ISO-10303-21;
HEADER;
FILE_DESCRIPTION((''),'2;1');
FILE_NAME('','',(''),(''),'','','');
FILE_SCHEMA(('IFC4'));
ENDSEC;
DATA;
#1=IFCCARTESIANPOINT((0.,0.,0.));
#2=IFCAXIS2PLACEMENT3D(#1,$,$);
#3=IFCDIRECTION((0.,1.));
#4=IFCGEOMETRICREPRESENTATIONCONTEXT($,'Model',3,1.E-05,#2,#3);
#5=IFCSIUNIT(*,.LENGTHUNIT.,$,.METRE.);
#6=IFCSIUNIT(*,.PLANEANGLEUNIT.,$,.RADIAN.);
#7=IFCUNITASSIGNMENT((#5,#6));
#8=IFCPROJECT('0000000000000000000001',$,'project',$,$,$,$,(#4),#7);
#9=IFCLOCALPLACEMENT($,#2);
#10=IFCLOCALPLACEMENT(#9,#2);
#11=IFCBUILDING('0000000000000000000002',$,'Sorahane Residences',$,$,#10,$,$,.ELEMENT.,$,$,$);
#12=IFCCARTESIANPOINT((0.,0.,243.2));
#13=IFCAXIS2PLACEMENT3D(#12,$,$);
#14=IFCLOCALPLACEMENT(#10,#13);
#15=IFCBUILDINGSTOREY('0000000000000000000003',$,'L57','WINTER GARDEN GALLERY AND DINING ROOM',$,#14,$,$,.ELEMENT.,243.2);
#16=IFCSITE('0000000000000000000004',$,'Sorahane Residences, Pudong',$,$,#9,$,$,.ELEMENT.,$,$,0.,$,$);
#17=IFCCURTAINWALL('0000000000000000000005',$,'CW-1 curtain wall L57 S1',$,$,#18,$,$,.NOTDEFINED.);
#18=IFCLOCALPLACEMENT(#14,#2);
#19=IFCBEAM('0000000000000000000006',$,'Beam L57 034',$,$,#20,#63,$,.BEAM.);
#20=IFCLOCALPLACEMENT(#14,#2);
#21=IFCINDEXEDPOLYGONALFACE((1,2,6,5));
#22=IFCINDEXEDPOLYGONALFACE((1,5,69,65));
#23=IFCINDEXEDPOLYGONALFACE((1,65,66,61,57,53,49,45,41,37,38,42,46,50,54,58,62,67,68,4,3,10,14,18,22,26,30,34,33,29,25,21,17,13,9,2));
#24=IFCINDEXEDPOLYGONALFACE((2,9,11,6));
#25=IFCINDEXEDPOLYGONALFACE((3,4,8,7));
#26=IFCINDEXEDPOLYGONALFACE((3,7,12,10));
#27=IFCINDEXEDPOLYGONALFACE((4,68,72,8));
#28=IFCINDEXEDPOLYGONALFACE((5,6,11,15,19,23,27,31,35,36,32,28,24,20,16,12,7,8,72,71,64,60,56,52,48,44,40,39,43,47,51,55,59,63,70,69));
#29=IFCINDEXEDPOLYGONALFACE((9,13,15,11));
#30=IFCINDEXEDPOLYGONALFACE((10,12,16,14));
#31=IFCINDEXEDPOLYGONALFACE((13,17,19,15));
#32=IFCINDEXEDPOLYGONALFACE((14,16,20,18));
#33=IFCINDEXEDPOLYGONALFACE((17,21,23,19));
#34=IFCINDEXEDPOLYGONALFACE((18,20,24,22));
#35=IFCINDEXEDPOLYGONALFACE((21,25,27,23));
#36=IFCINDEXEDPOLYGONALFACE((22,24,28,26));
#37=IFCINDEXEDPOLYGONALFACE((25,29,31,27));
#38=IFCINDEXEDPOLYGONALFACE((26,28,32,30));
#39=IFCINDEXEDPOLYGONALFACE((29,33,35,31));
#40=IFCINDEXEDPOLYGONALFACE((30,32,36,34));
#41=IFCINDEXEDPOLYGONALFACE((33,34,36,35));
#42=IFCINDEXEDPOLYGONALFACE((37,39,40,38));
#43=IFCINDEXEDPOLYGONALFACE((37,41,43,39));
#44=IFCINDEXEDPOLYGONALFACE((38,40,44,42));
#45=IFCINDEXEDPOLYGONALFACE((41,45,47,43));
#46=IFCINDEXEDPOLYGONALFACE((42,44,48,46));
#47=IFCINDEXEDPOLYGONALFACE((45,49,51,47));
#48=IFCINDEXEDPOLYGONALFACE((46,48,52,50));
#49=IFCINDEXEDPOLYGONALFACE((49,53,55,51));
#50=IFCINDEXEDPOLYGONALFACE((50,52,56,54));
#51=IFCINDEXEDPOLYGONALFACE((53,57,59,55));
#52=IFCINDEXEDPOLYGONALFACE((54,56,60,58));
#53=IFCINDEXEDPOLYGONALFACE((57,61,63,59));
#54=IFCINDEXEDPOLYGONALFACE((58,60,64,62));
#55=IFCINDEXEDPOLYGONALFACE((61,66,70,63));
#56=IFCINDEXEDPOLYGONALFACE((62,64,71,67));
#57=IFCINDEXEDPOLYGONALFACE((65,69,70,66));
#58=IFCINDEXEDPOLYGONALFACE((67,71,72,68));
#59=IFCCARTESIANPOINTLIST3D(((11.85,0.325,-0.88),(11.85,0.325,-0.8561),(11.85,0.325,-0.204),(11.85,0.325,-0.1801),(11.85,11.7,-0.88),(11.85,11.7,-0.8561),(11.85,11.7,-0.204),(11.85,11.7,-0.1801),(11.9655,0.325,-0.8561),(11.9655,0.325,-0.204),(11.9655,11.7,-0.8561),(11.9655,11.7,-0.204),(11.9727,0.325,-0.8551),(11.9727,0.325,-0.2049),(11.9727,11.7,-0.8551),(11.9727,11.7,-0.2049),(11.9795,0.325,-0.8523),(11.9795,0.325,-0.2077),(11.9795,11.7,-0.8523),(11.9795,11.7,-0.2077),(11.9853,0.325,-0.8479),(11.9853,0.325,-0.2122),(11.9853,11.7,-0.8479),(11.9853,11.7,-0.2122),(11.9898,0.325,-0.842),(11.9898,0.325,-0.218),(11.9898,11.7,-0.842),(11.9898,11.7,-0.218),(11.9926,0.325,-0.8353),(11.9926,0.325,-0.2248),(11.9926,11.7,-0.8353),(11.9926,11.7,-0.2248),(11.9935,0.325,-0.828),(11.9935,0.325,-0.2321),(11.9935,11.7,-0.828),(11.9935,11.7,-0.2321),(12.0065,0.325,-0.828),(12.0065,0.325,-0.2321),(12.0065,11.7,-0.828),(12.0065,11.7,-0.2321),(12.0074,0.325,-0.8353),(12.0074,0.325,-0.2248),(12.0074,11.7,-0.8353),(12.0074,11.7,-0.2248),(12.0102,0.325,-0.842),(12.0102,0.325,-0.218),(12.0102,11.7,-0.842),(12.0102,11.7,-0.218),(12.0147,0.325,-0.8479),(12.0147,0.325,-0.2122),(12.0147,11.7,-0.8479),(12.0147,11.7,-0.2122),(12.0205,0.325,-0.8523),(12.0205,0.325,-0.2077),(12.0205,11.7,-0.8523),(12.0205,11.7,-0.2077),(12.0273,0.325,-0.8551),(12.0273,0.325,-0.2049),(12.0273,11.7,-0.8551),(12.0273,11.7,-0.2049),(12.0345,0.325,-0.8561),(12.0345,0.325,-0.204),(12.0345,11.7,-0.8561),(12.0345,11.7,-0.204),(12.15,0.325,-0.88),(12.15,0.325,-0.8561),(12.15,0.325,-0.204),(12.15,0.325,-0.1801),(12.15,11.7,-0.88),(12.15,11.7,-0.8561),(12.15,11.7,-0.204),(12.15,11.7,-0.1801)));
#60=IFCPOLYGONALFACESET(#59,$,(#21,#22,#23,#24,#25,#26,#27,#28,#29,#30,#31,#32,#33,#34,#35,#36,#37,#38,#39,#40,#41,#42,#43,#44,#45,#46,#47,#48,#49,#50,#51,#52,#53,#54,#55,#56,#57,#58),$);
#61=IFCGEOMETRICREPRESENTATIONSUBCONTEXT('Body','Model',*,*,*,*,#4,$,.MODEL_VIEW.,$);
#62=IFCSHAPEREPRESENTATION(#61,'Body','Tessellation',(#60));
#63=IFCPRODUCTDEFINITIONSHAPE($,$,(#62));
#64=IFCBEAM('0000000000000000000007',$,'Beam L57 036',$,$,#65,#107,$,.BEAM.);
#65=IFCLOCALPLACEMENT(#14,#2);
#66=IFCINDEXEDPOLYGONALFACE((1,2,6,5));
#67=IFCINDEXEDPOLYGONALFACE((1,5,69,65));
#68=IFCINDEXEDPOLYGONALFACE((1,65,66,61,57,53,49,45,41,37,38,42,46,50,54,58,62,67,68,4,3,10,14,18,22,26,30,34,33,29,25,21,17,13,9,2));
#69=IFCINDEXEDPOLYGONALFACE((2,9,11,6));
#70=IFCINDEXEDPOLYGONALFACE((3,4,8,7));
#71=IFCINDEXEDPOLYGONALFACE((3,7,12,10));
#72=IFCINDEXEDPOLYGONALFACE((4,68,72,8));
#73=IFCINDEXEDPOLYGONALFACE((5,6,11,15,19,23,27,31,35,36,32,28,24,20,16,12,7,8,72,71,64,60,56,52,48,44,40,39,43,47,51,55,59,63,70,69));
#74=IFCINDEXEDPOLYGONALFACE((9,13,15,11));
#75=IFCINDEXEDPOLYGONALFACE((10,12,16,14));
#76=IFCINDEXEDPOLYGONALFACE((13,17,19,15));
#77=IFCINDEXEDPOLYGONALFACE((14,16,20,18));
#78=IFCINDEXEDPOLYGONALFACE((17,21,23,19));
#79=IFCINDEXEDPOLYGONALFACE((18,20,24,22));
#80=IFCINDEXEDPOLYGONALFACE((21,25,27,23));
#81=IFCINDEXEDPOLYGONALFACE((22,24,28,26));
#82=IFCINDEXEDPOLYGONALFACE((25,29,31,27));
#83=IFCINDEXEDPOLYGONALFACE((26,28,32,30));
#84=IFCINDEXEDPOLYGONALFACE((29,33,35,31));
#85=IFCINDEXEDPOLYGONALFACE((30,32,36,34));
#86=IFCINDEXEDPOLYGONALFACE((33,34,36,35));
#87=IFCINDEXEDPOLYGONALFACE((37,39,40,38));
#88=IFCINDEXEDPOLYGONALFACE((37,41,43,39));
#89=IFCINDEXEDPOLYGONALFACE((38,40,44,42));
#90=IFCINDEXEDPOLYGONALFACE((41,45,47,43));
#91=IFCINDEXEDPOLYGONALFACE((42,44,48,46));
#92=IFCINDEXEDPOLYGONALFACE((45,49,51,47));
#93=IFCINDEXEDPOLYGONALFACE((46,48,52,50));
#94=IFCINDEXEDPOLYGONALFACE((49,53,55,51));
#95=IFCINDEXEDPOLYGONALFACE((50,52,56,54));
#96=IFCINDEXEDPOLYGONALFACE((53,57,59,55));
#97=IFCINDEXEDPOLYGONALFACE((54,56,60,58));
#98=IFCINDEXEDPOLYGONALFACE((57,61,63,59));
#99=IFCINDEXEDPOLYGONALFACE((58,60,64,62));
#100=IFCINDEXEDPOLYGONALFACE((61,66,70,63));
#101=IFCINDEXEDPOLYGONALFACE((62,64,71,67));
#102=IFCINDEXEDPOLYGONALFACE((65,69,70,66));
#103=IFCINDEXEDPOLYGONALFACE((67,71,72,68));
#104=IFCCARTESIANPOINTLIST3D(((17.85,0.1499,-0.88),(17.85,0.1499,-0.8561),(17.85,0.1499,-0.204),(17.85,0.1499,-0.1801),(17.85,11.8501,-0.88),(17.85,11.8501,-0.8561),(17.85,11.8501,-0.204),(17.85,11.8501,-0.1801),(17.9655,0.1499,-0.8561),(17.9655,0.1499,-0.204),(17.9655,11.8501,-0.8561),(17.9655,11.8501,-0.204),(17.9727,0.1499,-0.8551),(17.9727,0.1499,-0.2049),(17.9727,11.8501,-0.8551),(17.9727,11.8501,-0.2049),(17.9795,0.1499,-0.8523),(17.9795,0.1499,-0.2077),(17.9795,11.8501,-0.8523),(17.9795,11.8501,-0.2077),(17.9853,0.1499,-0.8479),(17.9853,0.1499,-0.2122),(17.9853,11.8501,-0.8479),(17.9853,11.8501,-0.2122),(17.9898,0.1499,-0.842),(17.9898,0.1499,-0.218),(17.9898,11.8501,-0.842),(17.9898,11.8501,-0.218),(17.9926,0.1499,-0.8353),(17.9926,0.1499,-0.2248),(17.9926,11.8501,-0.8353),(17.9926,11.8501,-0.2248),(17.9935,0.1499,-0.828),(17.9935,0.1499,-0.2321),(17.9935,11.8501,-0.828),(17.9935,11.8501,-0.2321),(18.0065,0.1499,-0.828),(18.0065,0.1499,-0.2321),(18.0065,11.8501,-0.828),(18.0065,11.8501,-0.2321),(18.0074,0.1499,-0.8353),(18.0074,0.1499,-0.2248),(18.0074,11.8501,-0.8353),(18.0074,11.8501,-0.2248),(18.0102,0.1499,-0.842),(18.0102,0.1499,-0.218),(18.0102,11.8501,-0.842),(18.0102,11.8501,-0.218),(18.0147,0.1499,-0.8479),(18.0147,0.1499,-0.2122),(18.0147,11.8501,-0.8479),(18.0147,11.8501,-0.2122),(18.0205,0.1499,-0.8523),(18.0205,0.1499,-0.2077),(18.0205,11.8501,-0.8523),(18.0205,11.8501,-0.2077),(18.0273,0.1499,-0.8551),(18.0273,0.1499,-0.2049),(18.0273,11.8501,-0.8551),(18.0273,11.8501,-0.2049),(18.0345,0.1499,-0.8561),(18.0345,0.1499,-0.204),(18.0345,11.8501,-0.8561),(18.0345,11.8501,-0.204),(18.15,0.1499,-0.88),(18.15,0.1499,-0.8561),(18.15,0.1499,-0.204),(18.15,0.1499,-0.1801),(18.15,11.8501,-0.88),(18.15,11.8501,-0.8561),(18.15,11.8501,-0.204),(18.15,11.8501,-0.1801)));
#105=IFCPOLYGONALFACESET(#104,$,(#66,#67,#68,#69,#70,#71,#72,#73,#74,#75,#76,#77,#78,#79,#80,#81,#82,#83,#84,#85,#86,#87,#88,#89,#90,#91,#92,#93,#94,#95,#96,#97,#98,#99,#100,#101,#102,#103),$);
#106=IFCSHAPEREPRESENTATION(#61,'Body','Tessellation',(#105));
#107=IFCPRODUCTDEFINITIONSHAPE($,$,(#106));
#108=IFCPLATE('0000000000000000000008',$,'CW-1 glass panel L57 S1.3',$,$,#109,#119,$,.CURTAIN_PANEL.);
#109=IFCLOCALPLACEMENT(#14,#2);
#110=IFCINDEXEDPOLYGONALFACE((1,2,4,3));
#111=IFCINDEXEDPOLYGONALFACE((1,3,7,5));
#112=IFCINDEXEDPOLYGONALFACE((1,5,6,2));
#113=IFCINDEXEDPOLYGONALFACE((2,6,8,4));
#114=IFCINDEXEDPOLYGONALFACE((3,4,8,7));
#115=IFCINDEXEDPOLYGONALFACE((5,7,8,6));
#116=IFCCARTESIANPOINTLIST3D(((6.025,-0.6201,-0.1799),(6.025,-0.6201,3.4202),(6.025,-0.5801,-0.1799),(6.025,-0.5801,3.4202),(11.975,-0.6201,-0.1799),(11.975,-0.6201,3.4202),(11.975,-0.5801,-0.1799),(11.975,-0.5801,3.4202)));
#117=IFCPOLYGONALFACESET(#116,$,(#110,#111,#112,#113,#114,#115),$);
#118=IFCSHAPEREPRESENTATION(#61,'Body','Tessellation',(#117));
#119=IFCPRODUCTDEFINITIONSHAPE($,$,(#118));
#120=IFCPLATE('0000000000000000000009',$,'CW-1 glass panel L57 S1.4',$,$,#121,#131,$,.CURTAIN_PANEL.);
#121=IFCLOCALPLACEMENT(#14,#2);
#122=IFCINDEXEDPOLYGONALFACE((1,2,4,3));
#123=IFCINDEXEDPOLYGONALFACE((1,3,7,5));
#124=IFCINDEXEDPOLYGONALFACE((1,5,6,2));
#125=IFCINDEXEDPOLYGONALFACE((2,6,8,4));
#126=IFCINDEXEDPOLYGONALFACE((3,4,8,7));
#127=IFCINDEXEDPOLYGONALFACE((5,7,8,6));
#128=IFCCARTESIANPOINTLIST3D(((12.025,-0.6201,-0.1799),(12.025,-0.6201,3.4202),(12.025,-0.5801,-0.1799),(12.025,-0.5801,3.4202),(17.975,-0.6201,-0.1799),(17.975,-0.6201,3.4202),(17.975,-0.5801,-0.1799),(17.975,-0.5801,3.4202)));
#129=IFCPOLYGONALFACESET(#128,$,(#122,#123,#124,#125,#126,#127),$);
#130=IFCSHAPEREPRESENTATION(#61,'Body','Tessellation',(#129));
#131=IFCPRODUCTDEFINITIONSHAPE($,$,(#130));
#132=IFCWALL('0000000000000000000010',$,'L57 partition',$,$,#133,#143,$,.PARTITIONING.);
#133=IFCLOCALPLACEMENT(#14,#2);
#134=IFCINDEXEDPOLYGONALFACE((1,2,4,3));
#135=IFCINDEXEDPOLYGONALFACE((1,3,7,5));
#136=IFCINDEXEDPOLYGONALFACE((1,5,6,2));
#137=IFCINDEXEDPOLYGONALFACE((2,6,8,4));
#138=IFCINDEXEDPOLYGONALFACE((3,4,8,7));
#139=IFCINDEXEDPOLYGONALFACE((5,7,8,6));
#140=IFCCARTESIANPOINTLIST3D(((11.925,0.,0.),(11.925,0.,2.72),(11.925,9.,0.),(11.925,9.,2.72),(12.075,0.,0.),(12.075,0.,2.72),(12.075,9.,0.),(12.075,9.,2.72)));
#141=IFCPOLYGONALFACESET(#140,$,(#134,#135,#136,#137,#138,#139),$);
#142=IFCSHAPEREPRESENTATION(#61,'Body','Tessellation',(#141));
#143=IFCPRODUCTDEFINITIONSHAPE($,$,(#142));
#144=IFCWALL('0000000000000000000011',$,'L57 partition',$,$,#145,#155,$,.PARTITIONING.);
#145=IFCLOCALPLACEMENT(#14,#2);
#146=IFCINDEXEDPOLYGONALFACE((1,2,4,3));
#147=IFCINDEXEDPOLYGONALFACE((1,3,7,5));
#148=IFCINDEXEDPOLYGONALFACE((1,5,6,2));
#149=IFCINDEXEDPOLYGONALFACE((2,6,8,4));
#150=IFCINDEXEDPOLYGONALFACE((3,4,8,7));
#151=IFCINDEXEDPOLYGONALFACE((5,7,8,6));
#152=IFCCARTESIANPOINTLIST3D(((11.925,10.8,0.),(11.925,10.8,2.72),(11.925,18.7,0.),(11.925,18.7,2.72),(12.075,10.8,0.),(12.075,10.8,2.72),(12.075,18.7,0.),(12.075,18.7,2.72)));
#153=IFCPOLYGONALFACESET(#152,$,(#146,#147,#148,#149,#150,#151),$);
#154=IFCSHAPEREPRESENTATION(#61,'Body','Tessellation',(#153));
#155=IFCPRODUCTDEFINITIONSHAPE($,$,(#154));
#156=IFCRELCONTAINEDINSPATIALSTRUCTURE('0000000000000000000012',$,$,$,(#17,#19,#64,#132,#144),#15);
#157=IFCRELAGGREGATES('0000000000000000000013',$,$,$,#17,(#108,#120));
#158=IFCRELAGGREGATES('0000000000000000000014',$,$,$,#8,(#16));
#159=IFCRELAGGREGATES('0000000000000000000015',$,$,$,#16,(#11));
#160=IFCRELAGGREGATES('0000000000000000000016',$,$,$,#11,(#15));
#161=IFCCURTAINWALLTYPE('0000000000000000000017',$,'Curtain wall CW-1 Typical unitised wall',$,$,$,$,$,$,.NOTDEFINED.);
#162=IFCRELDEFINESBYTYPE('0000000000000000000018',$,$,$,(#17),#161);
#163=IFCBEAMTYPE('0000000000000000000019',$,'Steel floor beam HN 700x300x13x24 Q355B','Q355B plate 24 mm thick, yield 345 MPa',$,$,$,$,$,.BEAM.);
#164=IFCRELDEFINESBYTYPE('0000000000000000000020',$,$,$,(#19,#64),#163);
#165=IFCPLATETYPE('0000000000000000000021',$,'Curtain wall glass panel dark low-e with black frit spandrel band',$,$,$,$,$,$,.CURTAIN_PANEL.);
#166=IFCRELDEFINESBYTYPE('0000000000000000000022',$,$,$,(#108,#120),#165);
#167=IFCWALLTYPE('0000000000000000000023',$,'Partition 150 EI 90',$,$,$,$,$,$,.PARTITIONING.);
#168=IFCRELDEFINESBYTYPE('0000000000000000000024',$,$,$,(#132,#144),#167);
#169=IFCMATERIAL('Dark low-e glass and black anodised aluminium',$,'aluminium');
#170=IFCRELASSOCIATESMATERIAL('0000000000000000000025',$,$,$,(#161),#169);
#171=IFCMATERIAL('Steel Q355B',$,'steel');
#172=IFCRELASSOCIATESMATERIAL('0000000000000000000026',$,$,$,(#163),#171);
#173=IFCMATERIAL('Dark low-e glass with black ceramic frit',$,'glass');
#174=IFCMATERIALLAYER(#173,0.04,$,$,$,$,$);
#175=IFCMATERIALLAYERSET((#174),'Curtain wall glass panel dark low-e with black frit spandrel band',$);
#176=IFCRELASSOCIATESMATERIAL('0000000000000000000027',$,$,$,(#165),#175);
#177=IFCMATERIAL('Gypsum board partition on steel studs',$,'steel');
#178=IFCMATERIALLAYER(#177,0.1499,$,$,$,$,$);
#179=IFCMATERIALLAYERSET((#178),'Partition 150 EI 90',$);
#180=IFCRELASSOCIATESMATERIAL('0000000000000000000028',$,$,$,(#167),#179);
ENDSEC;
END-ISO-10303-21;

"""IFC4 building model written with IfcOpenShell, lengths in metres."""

from ifc_helpers import new_model, si_unit, direction, frame, frame_2d, origin, origin_2d, place, context, subcontext, project, spatial, rectangle, i_section, extrude, material, layer, layer_set, material_profile, profile_set, type_object, element, aggregate, save


model = new_model("IFC4")

# Units and contexts
model_context = context("Model", 3, precision=1e-05, world=origin(), true_north=direction((0.0, 1.0)))
body_context = subcontext(model_context, "Body", "Model", "MODEL_VIEW")
ifc_project = project(units=[si_unit("LENGTHUNIT", "METRE"), si_unit("PLANEANGLEUNIT", "RADIAN")], contexts=[model_context])

# Site, building, storey
site_placement = place(None, origin())
site = spatial("IfcSite", under=ifc_project, at=site_placement, Name="Sorahane Residences, Pudong", CompositionType="ELEMENT", RefElevation=0.0)
building_placement = place(site_placement, origin())
building = spatial("IfcBuilding", under=site, at=building_placement, Name="Sorahane Residences", CompositionType="ELEMENT")
storey_placement = place(building_placement, frame((0.0, 0.0, 243.2)))
storey = spatial("IfcBuildingStorey", under=building, at=storey_placement, Name="L57", Description="WINTER GARDEN GALLERY AND DINING ROOM", CompositionType="ELEMENT", Elevation=243.2)

# Curtain wall
ifc_material_1 = material(Name="Dark low-e glass and black anodised aluminium", Category="aluminium")
curtain_wall_type = type_object("IfcCurtainWallType", Name="Curtain wall CW-1 Typical unitised wall", PredefinedType="NOTDEFINED", material=ifc_material_1)
curtain_wall_placement = place(storey_placement, origin())
curtain_wall = element("IfcCurtainWall", 1, at=curtain_wall_placement, inside=storey, type_object=curtain_wall_type, Name="CW-1 curtain wall L57 S1", PredefinedType="NOTDEFINED")

# Beams
ifc_material_2 = material(Name="Steel Q355B", Category="steel")
ifc_material_profile_1 = material_profile(ifc_material_2, i_section(OverallWidth=0.3, OverallDepth=0.7, WebThickness=0.0129, FlangeThickness=0.0239, FilletRadius=0.0281, at=origin_2d()), Name="HN 700x300x13x24")
ifc_profile_set_1 = profile_set([ifc_material_profile_1], Name="Steel Q355B")
beam_type_1 = type_object("IfcBeamType", Name="Steel floor beam HN 700x300x13x24 Q355B", Description="Q355B plate 24 mm thick, yield 345 MPa", PredefinedType="BEAM", material=ifc_profile_set_1)
beam_1_placement = place(storey_placement, frame((12.0, 0.325, -0.53), z_axis=(0.0, 1.0, 0.0), x_axis=(-1.0, 0.0, 0.0)))
element("IfcBeam", 2, at=beam_1_placement, inside=storey, type_object=beam_type_1, Name="Beam L57 034", PredefinedType="BEAM", context=body_context, shape_type="SweptSolid", body=[
    extrude(i_section(OverallWidth=0.3, OverallDepth=0.7, WebThickness=0.0129, FlangeThickness=0.0239, FilletRadius=0.0281, at=origin_2d()), origin(), (0.0, 0.0, 1.0), 11.375),
])
beam_2_placement = place(storey_placement, frame((18.0, 0.1499, -0.53), z_axis=(0.0, 1.0, 0.0), x_axis=(-1.0, 0.0, 0.0)))
element("IfcBeam", 3, at=beam_2_placement, inside=storey, type_object=beam_type_1, Name="Beam L57 036", PredefinedType="BEAM", context=body_context, shape_type="SweptSolid", body=[
    extrude(i_section(OverallWidth=0.3, OverallDepth=0.7, WebThickness=0.0129, FlangeThickness=0.0239, FilletRadius=0.0281, at=origin_2d()), origin(), (0.0, 0.0, 1.0), 11.7002),
])

# Plates
ifc_material_3 = material(Name="Dark low-e glass with black ceramic frit", Category="glass")
ifc_layer_1 = layer(ifc_material_3, 0.04)
ifc_layer_set_1 = layer_set([ifc_layer_1], Name="Curtain wall glass panel dark low-e with black frit spandrel band")
plate_type = type_object("IfcPlateType", Name="Curtain wall glass panel dark low-e with black frit spandrel band", PredefinedType="CURTAIN_PANEL", material=ifc_layer_set_1)
plate_1_placement = place(storey_placement, frame((9.0, -0.6001, -0.1799), z_axis=(0.0, 0.0, 1.0), x_axis=(1.0, 0.0, 0.0)))
plate_1 = element("IfcPlate", 4, at=plate_1_placement, type_object=plate_type, Name="CW-1 glass panel L57 S1.3", PredefinedType="CURTAIN_PANEL", context=body_context, shape_type="SweptSolid", body=[
    extrude(rectangle(XDim=5.95, YDim=0.04, at=origin_2d()), origin(), (0.0, 0.0, 1.0), 3.6001),
])
plate_2_placement = place(storey_placement, frame((15.0, -0.6001, -0.1799), z_axis=(0.0, 0.0, 1.0), x_axis=(1.0, 0.0, 0.0)))
plate_2 = element("IfcPlate", 5, at=plate_2_placement, type_object=plate_type, Name="CW-1 glass panel L57 S1.4", PredefinedType="CURTAIN_PANEL", context=body_context, shape_type="SweptSolid", body=[
    extrude(rectangle(XDim=5.95, YDim=0.04, at=origin_2d()), origin(), (0.0, 0.0, 1.0), 3.6001),
])
aggregate(curtain_wall, [plate_1, plate_2])

# Walls
ifc_material_4 = material(Name="Gypsum board partition on steel studs", Category="steel")
ifc_layer_2 = layer(ifc_material_4, 0.1499)
ifc_layer_set_2 = layer_set([ifc_layer_2], Name="Partition 150 EI 90")
wall_type = type_object("IfcWallType", Name="Partition 150 EI 90", PredefinedType="PARTITIONING", material=ifc_layer_set_2)
wall_1_placement = place(storey_placement, frame((12.0, 0.0, 0.0), z_axis=(0.0, 0.0, 1.0), x_axis=(0.0, 1.0, 0.0)))
element("IfcWall", 6, at=wall_1_placement, inside=storey, type_object=wall_type, Name="L57 partition", PredefinedType="PARTITIONING", context=body_context, shape_type="SweptSolid", body=[
    extrude(rectangle(XDim=9.0, YDim=0.1499, at=frame_2d((4.5, 0.0))), origin(), (0.0, 0.0, 1.0), 2.72),
])
wall_2_placement = place(storey_placement, frame((12.0, 10.8, 0.0), z_axis=(0.0, 0.0, 1.0), x_axis=(0.0, 1.0, 0.0)))
element("IfcWall", 7, at=wall_2_placement, inside=storey, type_object=wall_type, Name="L57 partition", PredefinedType="PARTITIONING", context=body_context, shape_type="SweptSolid", body=[
    extrude(rectangle(XDim=7.8999, YDim=0.1499, at=frame_2d((3.95, 0.0))), origin(), (0.0, 0.0, 1.0), 2.72),
])

save(model, "model.ifc")
